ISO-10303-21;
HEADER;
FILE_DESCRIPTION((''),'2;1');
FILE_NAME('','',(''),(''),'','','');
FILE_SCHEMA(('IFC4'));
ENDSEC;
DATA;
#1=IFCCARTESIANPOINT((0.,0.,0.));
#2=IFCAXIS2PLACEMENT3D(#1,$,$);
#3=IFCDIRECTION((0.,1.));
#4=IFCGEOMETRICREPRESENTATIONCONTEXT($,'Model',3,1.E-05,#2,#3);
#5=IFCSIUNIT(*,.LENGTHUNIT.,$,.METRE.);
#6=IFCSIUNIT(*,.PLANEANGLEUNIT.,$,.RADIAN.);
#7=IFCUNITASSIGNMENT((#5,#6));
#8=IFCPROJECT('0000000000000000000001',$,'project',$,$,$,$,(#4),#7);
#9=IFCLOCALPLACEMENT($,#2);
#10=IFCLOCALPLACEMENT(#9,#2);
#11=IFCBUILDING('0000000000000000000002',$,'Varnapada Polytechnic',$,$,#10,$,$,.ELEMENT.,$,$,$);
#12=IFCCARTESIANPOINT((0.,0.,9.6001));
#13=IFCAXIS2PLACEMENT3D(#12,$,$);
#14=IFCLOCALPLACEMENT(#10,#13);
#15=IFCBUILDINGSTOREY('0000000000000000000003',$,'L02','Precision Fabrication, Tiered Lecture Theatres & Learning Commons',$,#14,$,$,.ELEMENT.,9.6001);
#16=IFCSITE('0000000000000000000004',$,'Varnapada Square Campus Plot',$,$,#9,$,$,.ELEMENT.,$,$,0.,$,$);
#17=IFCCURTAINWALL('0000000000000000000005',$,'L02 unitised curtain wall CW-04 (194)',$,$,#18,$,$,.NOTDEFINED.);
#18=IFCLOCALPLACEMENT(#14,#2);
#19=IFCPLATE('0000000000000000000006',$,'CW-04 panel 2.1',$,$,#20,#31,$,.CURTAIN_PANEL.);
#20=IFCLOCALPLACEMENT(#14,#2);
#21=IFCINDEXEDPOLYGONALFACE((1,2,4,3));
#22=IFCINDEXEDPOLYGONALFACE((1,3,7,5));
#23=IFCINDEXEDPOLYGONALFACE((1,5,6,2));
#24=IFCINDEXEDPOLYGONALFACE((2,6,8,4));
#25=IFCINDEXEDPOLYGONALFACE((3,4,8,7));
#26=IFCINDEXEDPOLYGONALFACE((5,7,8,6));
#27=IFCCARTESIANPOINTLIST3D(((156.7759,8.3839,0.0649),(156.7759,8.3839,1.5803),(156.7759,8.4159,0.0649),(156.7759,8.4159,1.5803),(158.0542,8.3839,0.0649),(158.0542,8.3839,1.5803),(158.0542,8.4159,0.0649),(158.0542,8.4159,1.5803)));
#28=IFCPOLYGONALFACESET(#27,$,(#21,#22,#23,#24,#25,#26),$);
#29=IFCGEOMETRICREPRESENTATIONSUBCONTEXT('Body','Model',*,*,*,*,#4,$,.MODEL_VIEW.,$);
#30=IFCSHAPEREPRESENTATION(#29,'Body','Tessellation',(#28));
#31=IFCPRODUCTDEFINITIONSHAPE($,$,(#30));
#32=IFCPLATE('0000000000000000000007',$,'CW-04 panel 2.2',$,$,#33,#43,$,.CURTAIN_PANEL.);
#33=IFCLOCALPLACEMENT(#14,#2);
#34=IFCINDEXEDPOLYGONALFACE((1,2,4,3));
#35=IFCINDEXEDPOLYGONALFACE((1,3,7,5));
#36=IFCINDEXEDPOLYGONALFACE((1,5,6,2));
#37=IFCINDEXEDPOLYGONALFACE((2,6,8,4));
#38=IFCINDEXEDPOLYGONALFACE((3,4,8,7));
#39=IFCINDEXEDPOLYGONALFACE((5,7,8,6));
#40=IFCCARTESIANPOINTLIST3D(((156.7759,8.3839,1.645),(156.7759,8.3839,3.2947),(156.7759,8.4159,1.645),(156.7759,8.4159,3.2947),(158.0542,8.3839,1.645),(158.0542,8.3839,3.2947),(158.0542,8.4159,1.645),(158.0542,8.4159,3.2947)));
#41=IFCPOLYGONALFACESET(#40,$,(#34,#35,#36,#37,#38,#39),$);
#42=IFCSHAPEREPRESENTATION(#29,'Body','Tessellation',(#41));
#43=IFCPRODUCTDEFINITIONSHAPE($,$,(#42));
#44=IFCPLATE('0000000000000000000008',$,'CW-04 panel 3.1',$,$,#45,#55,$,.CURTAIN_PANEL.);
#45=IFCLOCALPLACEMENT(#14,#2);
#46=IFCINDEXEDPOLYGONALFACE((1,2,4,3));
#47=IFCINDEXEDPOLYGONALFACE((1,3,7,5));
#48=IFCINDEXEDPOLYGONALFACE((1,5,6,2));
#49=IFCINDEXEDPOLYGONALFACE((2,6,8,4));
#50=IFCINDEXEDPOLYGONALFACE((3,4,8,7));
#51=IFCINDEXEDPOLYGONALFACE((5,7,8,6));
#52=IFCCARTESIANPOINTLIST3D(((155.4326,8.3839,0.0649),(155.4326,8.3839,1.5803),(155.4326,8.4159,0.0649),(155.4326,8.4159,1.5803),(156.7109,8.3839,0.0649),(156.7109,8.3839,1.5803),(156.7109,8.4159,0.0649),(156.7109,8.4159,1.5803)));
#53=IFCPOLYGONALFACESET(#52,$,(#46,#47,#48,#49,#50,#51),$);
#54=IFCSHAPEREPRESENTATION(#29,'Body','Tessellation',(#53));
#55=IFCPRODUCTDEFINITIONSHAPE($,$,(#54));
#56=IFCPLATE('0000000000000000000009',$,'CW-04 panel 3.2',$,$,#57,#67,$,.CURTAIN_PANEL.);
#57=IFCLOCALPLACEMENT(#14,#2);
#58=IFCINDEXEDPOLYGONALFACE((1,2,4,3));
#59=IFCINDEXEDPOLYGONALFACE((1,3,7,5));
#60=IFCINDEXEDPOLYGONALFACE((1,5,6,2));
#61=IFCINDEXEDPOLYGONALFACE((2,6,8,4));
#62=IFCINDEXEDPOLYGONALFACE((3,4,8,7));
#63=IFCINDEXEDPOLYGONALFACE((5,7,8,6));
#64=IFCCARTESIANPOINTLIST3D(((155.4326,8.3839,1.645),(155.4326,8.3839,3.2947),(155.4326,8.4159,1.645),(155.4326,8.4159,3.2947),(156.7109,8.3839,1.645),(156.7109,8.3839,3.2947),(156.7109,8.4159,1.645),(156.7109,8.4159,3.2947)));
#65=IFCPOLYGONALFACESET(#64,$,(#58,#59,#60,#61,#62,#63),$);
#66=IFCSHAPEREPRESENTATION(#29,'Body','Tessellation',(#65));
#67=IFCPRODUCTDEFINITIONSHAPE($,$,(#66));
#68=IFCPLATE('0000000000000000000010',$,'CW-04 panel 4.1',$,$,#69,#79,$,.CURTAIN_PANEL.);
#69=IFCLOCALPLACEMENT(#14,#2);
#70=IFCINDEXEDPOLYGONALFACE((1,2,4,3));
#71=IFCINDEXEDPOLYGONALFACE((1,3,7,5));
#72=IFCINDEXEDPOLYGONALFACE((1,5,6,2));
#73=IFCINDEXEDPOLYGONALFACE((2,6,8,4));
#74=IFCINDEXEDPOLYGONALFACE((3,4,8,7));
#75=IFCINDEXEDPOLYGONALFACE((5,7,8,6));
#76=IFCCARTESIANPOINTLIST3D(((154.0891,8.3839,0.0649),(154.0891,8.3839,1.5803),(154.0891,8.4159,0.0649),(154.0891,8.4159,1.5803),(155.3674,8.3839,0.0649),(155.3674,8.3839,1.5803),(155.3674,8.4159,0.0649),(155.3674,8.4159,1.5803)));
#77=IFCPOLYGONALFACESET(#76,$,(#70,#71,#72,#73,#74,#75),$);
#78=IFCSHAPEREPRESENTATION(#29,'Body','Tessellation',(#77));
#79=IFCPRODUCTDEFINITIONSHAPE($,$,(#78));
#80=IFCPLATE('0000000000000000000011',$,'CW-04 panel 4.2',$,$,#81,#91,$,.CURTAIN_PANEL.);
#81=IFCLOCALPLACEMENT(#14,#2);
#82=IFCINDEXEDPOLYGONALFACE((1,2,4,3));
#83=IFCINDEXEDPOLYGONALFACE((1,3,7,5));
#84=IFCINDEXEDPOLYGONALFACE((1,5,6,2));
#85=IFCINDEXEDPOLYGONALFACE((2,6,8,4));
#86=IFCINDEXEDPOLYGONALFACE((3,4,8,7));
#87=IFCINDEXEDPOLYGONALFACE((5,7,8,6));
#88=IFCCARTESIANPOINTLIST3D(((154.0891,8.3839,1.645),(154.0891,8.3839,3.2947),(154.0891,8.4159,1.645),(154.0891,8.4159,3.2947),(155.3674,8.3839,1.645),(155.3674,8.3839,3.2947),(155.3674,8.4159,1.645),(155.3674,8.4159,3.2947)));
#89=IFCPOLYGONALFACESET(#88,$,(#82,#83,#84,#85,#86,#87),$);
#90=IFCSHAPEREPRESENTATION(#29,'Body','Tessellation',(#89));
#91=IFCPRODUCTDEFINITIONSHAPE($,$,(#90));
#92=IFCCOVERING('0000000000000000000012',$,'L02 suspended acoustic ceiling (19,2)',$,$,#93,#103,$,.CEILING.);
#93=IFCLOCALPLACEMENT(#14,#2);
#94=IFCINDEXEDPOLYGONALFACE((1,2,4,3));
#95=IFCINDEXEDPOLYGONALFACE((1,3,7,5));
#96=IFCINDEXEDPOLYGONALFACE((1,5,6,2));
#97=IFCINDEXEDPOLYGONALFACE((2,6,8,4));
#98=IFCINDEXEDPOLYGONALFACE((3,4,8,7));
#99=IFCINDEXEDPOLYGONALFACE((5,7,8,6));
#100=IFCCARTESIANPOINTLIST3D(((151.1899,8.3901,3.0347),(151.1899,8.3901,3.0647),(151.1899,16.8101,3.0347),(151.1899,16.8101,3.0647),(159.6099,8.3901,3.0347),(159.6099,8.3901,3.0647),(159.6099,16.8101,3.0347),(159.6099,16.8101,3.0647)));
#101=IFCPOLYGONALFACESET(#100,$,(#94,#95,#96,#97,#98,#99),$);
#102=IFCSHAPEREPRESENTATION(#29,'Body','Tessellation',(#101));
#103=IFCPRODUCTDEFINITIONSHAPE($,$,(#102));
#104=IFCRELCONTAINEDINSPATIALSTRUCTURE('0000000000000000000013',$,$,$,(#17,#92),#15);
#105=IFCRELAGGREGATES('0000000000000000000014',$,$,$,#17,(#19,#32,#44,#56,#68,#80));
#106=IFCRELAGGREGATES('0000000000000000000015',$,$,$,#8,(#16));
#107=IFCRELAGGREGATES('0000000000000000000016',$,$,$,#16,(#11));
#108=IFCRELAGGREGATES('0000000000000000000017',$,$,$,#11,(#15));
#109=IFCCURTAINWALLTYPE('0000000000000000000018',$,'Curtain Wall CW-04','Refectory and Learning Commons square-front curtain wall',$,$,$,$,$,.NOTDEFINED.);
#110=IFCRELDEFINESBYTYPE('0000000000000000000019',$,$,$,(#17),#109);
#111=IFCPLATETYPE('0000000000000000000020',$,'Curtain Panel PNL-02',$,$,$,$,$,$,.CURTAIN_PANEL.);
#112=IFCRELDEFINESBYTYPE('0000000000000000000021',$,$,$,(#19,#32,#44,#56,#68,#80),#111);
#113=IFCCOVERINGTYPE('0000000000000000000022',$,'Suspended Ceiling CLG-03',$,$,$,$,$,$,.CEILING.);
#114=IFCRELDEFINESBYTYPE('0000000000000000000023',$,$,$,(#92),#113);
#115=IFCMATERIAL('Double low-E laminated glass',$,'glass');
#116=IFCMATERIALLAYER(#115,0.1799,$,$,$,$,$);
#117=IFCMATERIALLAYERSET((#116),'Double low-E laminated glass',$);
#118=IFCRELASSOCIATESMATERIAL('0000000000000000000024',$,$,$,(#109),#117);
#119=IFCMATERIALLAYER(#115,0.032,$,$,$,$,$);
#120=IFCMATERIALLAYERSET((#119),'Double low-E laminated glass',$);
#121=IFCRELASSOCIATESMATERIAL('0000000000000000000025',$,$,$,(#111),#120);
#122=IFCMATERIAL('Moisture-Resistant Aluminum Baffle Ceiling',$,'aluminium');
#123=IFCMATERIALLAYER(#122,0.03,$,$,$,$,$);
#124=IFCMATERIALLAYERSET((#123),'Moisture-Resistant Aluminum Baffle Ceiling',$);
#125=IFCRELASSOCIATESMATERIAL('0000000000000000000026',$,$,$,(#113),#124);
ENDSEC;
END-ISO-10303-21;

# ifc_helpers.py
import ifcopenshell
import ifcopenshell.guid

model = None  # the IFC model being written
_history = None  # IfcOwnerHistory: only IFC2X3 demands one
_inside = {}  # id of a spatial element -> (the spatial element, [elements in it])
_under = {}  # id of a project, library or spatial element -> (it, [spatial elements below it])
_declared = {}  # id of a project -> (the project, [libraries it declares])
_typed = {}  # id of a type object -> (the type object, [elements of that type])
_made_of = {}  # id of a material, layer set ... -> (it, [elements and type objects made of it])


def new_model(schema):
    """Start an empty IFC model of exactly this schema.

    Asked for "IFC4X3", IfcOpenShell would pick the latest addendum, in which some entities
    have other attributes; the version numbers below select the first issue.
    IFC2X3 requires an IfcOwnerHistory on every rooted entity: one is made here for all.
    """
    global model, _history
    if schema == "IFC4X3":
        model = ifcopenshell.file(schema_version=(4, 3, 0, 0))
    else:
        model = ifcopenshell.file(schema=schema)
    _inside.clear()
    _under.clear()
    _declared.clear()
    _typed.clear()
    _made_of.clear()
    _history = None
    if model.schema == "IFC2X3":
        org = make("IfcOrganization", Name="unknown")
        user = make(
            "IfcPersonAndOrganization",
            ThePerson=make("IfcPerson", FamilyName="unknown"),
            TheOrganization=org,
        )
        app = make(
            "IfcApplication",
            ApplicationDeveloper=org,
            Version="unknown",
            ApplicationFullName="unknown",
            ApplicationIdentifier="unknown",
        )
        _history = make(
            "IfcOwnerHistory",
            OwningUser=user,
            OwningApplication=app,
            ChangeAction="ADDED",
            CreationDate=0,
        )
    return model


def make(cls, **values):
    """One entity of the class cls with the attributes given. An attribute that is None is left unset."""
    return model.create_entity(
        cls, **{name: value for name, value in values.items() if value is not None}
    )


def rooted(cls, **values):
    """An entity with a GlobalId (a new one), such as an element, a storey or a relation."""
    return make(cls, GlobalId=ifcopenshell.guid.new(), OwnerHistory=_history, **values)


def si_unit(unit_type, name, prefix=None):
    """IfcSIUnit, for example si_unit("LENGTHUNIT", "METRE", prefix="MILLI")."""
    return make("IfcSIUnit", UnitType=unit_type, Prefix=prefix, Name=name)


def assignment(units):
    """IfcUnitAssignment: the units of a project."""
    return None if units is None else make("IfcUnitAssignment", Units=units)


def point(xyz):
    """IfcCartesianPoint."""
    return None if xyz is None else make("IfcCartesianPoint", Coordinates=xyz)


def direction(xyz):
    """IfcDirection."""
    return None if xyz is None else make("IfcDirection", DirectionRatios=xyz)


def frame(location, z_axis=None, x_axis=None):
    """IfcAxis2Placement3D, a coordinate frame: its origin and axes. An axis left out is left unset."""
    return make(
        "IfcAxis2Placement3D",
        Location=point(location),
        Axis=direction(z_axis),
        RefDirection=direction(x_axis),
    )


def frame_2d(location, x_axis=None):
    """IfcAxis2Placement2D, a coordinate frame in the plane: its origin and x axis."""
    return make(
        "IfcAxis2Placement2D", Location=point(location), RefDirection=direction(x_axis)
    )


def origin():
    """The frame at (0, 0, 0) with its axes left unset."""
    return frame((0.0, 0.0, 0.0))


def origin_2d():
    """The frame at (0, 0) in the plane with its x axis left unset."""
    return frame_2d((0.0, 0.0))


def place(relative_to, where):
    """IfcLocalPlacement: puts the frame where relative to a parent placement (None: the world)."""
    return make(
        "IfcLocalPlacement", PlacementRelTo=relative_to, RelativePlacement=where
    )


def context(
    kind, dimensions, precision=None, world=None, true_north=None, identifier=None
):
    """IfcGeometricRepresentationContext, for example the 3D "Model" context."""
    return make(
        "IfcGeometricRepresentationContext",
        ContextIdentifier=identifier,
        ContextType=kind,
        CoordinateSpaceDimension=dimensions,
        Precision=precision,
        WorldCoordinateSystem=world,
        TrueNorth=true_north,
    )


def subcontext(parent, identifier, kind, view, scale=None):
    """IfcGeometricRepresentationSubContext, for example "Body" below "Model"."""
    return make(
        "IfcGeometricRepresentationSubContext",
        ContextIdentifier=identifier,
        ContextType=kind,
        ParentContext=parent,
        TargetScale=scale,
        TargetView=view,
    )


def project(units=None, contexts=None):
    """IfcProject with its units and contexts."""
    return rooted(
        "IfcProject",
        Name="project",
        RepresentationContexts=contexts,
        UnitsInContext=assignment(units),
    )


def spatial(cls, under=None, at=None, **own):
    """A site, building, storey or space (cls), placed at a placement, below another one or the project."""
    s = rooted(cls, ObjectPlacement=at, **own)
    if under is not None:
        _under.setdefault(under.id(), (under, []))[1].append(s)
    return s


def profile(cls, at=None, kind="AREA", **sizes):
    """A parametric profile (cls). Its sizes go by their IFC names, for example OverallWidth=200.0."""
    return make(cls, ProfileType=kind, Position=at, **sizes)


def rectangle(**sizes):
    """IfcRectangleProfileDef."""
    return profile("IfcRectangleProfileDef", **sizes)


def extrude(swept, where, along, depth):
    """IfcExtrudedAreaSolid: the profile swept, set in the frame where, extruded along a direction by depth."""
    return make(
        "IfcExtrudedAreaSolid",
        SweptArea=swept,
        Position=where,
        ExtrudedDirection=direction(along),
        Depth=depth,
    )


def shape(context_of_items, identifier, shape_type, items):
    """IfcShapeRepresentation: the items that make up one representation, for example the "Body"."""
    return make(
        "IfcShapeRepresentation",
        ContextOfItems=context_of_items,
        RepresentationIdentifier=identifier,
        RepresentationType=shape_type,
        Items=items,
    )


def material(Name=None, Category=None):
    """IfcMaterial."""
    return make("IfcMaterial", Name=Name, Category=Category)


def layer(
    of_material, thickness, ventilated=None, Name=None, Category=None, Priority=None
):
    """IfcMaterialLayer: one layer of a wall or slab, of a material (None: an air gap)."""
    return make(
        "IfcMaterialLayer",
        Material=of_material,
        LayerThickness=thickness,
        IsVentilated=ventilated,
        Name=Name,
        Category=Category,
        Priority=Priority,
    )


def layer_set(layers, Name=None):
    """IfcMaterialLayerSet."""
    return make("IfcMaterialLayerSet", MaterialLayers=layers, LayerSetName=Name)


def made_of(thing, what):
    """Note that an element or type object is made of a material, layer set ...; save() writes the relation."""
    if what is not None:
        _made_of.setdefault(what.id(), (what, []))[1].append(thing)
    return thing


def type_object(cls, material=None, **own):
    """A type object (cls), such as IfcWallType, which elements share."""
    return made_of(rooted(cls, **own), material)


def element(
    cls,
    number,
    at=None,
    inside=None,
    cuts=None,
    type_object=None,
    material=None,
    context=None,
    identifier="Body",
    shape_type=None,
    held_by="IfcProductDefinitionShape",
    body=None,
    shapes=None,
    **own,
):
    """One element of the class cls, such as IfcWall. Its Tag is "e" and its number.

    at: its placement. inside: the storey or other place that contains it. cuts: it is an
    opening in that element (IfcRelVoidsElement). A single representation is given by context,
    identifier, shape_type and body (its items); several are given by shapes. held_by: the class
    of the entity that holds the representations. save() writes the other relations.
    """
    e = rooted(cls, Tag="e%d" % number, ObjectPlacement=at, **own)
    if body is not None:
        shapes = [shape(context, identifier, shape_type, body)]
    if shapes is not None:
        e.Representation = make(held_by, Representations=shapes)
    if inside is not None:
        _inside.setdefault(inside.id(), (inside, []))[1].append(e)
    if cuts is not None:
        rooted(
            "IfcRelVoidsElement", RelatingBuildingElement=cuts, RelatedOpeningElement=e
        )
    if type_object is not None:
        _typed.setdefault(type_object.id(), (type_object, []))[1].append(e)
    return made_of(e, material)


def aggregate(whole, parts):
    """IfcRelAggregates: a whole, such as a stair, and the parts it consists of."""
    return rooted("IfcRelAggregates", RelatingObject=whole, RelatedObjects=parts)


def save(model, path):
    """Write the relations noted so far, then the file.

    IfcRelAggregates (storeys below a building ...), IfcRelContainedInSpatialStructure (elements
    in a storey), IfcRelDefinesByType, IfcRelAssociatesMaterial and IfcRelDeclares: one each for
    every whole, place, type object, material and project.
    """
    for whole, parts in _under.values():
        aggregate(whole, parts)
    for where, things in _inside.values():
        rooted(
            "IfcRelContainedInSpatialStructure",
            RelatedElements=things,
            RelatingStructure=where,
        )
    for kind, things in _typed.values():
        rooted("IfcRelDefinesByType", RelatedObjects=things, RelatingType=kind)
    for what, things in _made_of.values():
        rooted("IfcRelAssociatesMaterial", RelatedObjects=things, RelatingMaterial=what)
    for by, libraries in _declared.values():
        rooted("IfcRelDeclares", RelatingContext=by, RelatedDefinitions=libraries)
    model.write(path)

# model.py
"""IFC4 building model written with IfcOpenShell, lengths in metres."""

from ifc_helpers import new_model, si_unit, direction, frame, origin, origin_2d, place, context, subcontext, project, spatial, rectangle, extrude, material, layer, layer_set, type_object, element, aggregate, save


model = new_model("IFC4")

# Units and contexts
model_context = context("Model", 3, precision=1e-05, world=origin(), true_north=direction((0.0, 1.0)))
body_context = subcontext(model_context, "Body", "Model", "MODEL_VIEW")
ifc_project = project(units=[si_unit("LENGTHUNIT", "METRE"), si_unit("PLANEANGLEUNIT", "RADIAN")], contexts=[model_context])

# Site, building, storey
site_placement = place(None, origin())
site = spatial("IfcSite", under=ifc_project, at=site_placement, Name="Varnapada Square Campus Plot", CompositionType="ELEMENT", RefElevation=0.0)
building_placement = place(site_placement, origin())
building = spatial("IfcBuilding", under=site, at=building_placement, Name="Varnapada Polytechnic", CompositionType="ELEMENT")
storey_placement = place(building_placement, frame((0.0, 0.0, 9.6001)))
storey = spatial("IfcBuildingStorey", under=building, at=storey_placement, Name="L02", Description="Precision Fabrication, Tiered Lecture Theatres & Learning Commons", CompositionType="ELEMENT", Elevation=9.6001)

# Curtain wall, plates
ifc_material_1 = material(Name="Double low-E laminated glass", Category="glass")
ifc_layer_1 = layer(ifc_material_1, 0.1799)
ifc_layer_set_1 = layer_set([ifc_layer_1], Name="Double low-E laminated glass")
curtain_wall_type = type_object("IfcCurtainWallType", Name="Curtain Wall CW-04", Description="Refectory and Learning Commons square-front curtain wall", PredefinedType="NOTDEFINED", material=ifc_layer_set_1)
curtain_wall_placement = place(storey_placement, origin())
curtain_wall = element("IfcCurtainWall", 1, at=curtain_wall_placement, inside=storey, type_object=curtain_wall_type, Name="L02 unitised curtain wall CW-04 (194)", PredefinedType="NOTDEFINED")
ifc_layer_2 = layer(ifc_material_1, 0.032)
ifc_layer_set_2 = layer_set([ifc_layer_2], Name="Double low-E laminated glass")
plate_type = type_object("IfcPlateType", Name="Curtain Panel PNL-02", PredefinedType="CURTAIN_PANEL", material=ifc_layer_set_2)
plate_1_placement = place(storey_placement, frame((157.415, 8.3999, 0.0649), z_axis=(0.0, 0.0, 1.0), x_axis=(-1.0, 0.0, 0.0)))
plate_1 = element("IfcPlate", 2, at=plate_1_placement, type_object=plate_type, Name="CW-04 panel 2.1", PredefinedType="CURTAIN_PANEL", context=body_context, shape_type="SweptSolid", body=[
    extrude(rectangle(XDim=1.2783, YDim=0.032, at=origin_2d()), origin(), (0.0, 0.0, 1.0), 1.5154),
])
plate_2_placement = place(storey_placement, frame((157.415, 8.3999, 1.645), z_axis=(0.0, 0.0, 1.0), x_axis=(-1.0, 0.0, 0.0)))
plate_2 = element("IfcPlate", 3, at=plate_2_placement, type_object=plate_type, Name="CW-04 panel 2.2", PredefinedType="CURTAIN_PANEL", context=body_context, shape_type="SweptSolid", body=[
    extrude(rectangle(XDim=1.2783, YDim=0.032, at=origin_2d()), origin(), (0.0, 0.0, 1.0), 1.6497),
])
plate_3_placement = place(storey_placement, frame((156.0718, 8.3999, 0.0649), z_axis=(0.0, 0.0, 1.0), x_axis=(-1.0, 0.0, 0.0)))
plate_3 = element("IfcPlate", 4, at=plate_3_placement, type_object=plate_type, Name="CW-04 panel 3.1", PredefinedType="CURTAIN_PANEL", context=body_context, shape_type="SweptSolid", body=[
    extrude(rectangle(XDim=1.2783, YDim=0.032, at=origin_2d()), origin(), (0.0, 0.0, 1.0), 1.5154),
])
plate_4_placement = place(storey_placement, frame((156.0718, 8.3999, 1.645), z_axis=(0.0, 0.0, 1.0), x_axis=(-1.0, 0.0, 0.0)))
plate_4 = element("IfcPlate", 5, at=plate_4_placement, type_object=plate_type, Name="CW-04 panel 3.2", PredefinedType="CURTAIN_PANEL", context=body_context, shape_type="SweptSolid", body=[
    extrude(rectangle(XDim=1.2783, YDim=0.032, at=origin_2d()), origin(), (0.0, 0.0, 1.0), 1.6497),
])
plate_5_placement = place(storey_placement, frame((154.7283, 8.3999, 0.0649), z_axis=(0.0, 0.0, 1.0), x_axis=(-1.0, 0.0, 0.0)))
plate_5 = element("IfcPlate", 6, at=plate_5_placement, type_object=plate_type, Name="CW-04 panel 4.1", PredefinedType="CURTAIN_PANEL", context=body_context, shape_type="SweptSolid", body=[
    extrude(rectangle(XDim=1.2783, YDim=0.032, at=origin_2d()), origin(), (0.0, 0.0, 1.0), 1.5154),
])
plate_6_placement = place(storey_placement, frame((154.7283, 8.3999, 1.645), z_axis=(0.0, 0.0, 1.0), x_axis=(-1.0, 0.0, 0.0)))
plate_6 = element("IfcPlate", 7, at=plate_6_placement, type_object=plate_type, Name="CW-04 panel 4.2", PredefinedType="CURTAIN_PANEL", context=body_context, shape_type="SweptSolid", body=[
    extrude(rectangle(XDim=1.2783, YDim=0.032, at=origin_2d()), origin(), (0.0, 0.0, 1.0), 1.6497),
])
aggregate(curtain_wall, [plate_1, plate_2, plate_3, plate_4, plate_5, plate_6])

# Covering
ifc_material_2 = material(Name="Moisture-Resistant Aluminum Baffle Ceiling", Category="aluminium")
ifc_layer_3 = layer(ifc_material_2, 0.03)
ifc_layer_set_3 = layer_set([ifc_layer_3], Name="Moisture-Resistant Aluminum Baffle Ceiling")
covering_type = type_object("IfcCoveringType", Name="Suspended Ceiling CLG-03", PredefinedType="CEILING", material=ifc_layer_set_3)
covering_placement = place(storey_placement, frame((155.3999, 12.6001, 3.0347), z_axis=(0.0, 0.0, 1.0), x_axis=(1.0, 0.0, 0.0)))
element("IfcCovering", 8, at=covering_placement, inside=storey, type_object=covering_type, Name="L02 suspended acoustic ceiling (19,2)", PredefinedType="CEILING", context=body_context, shape_type="SweptSolid", body=[
    extrude(rectangle(XDim=8.4199, YDim=8.4199, at=origin_2d()), origin(), (0.0, 0.0, 1.0), 0.03),
])

save(model, "model.ifc")
